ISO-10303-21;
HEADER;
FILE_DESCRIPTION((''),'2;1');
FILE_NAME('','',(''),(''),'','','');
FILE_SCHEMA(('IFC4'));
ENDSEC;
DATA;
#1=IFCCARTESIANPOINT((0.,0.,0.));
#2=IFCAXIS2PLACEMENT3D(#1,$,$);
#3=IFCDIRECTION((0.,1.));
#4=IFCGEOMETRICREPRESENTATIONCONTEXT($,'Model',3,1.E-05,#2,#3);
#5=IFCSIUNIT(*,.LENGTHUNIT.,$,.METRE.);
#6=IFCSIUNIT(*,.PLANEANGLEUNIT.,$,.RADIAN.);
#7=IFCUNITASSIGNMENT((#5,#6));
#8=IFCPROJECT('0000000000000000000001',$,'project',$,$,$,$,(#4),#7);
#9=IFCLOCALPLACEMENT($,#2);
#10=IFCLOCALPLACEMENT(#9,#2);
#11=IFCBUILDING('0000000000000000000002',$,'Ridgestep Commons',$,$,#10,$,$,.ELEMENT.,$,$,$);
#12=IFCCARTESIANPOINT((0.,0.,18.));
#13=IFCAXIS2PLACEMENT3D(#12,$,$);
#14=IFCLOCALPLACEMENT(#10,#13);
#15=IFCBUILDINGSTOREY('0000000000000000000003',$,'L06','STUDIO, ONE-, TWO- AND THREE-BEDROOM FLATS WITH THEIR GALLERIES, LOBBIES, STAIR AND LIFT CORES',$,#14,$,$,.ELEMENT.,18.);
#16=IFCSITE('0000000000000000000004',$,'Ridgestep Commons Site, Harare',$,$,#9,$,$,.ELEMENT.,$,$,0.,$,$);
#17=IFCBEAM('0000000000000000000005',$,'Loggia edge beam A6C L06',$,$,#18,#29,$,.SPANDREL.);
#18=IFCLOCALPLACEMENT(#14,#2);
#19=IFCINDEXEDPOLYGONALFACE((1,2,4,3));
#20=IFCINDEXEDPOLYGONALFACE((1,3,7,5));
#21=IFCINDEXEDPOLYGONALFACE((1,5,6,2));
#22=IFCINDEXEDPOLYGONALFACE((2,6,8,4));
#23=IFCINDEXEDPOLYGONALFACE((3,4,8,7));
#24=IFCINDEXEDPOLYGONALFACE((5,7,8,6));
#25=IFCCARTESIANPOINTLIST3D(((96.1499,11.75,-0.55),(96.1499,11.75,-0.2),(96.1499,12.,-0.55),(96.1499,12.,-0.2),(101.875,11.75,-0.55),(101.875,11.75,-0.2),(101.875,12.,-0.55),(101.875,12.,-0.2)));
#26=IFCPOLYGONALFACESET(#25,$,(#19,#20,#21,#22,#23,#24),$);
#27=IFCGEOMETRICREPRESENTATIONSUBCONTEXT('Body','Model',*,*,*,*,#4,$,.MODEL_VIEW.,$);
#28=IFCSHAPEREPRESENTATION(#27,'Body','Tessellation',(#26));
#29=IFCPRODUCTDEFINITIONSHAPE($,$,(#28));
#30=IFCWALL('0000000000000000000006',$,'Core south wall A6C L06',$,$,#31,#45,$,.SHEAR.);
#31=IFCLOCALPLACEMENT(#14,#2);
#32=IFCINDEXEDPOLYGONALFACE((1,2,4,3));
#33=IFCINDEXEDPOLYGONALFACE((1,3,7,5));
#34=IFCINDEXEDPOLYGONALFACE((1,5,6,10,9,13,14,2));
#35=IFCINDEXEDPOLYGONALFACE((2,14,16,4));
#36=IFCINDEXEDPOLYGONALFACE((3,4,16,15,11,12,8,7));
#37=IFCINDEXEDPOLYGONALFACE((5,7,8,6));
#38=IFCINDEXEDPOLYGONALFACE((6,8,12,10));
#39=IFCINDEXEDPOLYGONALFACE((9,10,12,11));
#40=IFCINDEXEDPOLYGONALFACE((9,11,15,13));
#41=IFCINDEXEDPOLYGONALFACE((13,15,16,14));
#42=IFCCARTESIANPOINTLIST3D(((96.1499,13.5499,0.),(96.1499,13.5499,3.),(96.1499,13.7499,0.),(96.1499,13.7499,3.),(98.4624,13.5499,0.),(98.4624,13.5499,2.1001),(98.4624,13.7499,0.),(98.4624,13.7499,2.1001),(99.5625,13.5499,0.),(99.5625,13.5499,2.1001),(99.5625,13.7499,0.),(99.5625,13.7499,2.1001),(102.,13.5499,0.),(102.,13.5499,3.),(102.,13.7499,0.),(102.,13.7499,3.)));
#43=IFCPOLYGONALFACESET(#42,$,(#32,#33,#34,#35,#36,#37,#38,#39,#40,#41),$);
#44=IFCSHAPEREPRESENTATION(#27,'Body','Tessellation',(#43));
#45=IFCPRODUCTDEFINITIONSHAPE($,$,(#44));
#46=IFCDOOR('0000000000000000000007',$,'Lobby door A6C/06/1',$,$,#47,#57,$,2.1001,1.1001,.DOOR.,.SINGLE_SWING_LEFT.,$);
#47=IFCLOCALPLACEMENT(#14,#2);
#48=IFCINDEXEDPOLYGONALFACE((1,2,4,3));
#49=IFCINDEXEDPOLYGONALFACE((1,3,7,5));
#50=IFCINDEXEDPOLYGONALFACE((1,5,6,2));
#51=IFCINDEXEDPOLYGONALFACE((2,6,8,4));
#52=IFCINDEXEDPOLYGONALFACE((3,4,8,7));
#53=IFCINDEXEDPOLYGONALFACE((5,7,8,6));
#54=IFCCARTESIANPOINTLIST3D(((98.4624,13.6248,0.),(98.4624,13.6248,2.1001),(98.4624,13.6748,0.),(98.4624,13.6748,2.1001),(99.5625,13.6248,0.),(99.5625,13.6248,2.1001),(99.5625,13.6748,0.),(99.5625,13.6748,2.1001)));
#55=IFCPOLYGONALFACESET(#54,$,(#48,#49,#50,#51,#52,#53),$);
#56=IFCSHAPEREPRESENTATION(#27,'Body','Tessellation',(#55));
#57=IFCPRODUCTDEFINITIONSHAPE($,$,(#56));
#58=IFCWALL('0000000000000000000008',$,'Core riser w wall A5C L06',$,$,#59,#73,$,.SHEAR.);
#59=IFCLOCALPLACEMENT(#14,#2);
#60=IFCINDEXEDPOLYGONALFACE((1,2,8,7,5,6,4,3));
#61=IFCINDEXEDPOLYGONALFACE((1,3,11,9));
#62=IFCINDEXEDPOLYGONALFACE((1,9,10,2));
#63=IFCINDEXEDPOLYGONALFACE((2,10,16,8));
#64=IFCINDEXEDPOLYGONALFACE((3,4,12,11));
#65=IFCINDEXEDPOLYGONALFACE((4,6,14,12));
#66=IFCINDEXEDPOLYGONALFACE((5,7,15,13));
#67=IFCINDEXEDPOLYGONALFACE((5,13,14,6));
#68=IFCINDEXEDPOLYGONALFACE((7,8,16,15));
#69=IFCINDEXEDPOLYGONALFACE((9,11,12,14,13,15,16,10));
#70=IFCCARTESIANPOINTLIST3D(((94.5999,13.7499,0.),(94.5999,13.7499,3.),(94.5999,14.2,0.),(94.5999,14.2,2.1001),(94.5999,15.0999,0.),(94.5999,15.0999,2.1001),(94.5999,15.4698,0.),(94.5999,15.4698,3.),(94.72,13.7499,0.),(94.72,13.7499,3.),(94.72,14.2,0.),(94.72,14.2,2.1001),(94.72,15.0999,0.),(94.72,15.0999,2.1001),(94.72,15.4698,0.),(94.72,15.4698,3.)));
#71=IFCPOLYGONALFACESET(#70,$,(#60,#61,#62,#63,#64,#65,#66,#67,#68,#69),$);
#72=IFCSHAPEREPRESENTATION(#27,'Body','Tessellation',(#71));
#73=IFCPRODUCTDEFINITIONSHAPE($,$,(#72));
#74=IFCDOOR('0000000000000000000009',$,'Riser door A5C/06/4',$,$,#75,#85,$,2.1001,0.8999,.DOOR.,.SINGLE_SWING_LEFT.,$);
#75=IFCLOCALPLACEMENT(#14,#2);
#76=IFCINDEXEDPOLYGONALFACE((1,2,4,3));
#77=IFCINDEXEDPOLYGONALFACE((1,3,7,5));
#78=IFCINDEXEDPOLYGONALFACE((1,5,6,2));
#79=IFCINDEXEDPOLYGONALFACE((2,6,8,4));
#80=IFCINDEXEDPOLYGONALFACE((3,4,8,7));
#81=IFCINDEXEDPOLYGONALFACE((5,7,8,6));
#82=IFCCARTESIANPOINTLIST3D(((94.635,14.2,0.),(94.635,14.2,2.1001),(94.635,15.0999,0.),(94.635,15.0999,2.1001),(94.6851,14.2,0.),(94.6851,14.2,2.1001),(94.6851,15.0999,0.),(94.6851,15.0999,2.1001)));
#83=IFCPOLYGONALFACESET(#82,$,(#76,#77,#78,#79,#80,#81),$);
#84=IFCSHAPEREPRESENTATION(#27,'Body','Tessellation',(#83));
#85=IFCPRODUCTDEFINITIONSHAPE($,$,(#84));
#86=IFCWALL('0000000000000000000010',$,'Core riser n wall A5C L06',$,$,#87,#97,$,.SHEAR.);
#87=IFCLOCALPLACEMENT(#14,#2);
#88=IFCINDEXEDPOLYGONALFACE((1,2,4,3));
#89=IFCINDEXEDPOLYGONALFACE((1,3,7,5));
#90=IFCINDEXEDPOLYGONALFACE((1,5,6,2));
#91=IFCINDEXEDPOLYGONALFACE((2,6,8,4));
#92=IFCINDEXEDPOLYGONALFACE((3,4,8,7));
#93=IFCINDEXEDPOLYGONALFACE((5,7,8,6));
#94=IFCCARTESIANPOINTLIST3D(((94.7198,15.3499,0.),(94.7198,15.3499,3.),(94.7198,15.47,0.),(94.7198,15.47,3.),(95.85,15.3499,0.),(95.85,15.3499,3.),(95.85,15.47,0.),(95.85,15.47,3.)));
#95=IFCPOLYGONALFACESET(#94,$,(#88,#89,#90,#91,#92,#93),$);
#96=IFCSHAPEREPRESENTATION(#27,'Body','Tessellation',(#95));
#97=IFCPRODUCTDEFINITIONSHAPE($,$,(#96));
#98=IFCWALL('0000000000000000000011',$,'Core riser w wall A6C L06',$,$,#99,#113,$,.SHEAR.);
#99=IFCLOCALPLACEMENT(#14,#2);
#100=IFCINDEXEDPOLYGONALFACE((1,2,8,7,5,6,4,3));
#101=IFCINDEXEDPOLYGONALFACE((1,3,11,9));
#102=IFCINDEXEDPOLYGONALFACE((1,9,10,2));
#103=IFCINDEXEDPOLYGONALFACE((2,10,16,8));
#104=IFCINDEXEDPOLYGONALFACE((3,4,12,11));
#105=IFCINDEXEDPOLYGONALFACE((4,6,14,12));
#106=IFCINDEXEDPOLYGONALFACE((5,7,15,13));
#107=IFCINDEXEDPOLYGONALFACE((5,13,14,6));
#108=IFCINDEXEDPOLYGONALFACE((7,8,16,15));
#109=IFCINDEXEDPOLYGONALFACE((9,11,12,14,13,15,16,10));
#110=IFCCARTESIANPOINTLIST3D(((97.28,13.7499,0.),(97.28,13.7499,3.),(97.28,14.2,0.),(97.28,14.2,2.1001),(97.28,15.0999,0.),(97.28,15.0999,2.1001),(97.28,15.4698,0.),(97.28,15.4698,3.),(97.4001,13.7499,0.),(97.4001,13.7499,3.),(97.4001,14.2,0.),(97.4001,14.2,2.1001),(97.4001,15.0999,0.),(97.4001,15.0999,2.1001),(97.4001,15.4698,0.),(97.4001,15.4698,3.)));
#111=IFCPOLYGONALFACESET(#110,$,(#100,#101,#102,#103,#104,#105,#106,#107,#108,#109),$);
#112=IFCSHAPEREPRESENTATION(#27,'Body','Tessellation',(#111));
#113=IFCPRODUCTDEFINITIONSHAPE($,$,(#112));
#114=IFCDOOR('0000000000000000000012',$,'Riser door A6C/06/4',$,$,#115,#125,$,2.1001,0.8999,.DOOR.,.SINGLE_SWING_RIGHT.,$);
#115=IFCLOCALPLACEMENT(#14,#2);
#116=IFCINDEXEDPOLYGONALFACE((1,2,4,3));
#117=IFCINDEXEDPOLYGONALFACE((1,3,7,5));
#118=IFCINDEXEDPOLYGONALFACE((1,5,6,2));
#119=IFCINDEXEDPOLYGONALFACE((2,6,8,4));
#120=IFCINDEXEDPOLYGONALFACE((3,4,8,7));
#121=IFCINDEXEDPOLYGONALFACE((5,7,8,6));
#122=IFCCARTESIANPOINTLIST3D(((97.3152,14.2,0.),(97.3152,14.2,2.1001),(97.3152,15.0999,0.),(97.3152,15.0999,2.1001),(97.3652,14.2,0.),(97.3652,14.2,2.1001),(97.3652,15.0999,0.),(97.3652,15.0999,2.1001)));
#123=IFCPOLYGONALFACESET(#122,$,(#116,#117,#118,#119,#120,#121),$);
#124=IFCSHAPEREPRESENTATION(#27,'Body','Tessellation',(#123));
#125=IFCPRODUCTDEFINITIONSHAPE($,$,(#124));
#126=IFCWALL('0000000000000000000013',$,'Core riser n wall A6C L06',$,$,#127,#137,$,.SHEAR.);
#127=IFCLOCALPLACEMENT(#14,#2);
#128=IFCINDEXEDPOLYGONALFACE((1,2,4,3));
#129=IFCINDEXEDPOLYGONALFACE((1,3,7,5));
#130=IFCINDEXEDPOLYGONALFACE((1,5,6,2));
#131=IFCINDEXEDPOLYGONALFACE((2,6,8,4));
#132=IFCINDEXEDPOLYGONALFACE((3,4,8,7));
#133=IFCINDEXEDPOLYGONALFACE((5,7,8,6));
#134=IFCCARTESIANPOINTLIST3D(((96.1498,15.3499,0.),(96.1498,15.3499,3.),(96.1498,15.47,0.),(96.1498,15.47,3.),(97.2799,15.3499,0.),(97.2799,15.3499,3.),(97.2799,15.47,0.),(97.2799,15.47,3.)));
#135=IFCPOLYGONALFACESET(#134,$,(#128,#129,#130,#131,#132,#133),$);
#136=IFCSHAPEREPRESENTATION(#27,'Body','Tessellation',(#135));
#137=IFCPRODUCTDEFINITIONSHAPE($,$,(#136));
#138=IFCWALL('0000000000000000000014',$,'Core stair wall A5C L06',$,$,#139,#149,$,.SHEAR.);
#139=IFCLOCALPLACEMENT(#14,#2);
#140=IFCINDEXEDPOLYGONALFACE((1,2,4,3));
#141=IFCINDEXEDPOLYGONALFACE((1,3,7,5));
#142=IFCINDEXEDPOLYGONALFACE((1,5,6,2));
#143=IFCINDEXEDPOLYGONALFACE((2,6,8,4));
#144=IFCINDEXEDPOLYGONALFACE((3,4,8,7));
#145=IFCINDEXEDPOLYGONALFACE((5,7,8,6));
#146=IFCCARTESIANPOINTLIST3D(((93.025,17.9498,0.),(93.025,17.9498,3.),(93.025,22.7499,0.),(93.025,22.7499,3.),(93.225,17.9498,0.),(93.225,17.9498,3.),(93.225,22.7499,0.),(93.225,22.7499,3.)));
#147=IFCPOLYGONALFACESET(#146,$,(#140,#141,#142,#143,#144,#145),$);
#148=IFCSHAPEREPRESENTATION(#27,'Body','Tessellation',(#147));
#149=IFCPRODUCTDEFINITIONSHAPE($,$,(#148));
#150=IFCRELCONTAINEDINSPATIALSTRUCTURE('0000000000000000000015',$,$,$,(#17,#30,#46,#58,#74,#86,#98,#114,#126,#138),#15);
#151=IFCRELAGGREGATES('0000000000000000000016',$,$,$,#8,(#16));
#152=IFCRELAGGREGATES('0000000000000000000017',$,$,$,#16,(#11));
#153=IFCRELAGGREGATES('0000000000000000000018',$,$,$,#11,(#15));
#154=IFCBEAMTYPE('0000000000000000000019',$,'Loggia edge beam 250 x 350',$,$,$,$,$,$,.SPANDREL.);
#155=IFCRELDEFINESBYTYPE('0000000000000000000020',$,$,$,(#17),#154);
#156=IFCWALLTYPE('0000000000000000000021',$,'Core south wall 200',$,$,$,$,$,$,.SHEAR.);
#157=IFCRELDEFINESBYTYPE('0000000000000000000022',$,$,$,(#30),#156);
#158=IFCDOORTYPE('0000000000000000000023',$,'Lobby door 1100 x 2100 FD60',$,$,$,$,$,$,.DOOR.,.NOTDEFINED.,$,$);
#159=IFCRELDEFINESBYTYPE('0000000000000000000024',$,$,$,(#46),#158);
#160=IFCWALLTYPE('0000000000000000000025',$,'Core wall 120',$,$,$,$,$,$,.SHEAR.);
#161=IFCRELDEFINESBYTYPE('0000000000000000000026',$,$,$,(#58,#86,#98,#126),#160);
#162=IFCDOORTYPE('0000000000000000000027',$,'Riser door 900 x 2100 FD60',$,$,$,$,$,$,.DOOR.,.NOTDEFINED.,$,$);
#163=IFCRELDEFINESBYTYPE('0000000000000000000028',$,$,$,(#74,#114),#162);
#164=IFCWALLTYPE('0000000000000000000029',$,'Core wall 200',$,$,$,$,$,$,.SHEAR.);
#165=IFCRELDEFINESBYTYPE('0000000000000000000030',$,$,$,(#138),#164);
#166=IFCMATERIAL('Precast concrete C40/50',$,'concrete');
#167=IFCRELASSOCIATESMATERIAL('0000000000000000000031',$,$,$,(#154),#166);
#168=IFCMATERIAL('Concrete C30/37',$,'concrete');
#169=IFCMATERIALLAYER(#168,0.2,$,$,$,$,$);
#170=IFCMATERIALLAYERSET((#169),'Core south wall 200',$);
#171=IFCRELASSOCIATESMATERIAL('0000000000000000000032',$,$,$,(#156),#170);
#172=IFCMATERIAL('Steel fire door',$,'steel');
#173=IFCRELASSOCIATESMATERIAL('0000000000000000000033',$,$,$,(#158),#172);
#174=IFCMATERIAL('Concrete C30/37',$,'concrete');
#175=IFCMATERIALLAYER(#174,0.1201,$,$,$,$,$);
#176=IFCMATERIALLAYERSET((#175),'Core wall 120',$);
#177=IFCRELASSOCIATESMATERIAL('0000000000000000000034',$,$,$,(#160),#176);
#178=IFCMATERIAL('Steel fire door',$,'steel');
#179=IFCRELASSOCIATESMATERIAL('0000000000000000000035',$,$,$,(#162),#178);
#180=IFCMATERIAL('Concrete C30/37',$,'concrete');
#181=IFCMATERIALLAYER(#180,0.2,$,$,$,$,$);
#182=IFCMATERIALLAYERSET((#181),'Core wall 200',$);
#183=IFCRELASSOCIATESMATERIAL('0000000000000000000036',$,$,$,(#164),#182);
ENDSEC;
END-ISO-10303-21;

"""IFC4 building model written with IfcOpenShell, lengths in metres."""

from ifc_helpers import new_model, si_unit, direction, frame, frame_2d, origin, origin_2d, place, context, subcontext, project, spatial, rectangle, extrude, material, layer, layer_set, material_profile, profile_set, type_object, element, fill, save


model = new_model("IFC4")

# Units and contexts
model_context = context("Model", 3, precision=1e-05, world=origin(), true_north=direction((0.0, 1.0)))
body_context = subcontext(model_context, "Body", "Model", "MODEL_VIEW")
ifc_project = project(units=[si_unit("LENGTHUNIT", "METRE"), si_unit("PLANEANGLEUNIT", "RADIAN")], contexts=[model_context])

# Site, building, storey
site_placement = place(None, origin())
site = spatial("IfcSite", under=ifc_project, at=site_placement, Name="Ridgestep Commons Site, Harare", CompositionType="ELEMENT", RefElevation=0.0)
building_placement = place(site_placement, origin())
building = spatial("IfcBuilding", under=site, at=building_placement, Name="Ridgestep Commons", CompositionType="ELEMENT")
storey_placement = place(building_placement, frame((0.0, 0.0, 18.0)))
storey = spatial("IfcBuildingStorey", under=building, at=storey_placement, Name="L06", Description="STUDIO, ONE-, TWO- AND THREE-BEDROOM FLATS WITH THEIR GALLERIES, LOBBIES, STAIR AND LIFT CORES", CompositionType="ELEMENT", Elevation=18.0)

# Beam
ifc_material_1 = material(Name="Precast concrete C40/50", Category="concrete")
ifc_material_profile = material_profile(ifc_material_1, rectangle(XDim=0.25, YDim=0.3501, at=origin_2d()), Name="PC 250x350")
ifc_profile_set = profile_set([ifc_material_profile], Name="Precast concrete C40/50")
beam_type = type_object("IfcBeamType", Name="Loggia edge beam 250 x 350", PredefinedType="SPANDREL", material=ifc_profile_set)
beam_placement = place(storey_placement, frame((96.1499, 11.875, -0.375), z_axis=(1.0, 0.0, 0.0), x_axis=(0.0, 1.0, 0.0)))
element("IfcBeam", 1, at=beam_placement, inside=storey, type_object=beam_type, Name="Loggia edge beam A6C L06", PredefinedType="SPANDREL", context=body_context, shape_type="SweptSolid", body=[
    extrude(rectangle(XDim=0.25, YDim=0.3501, at=origin_2d()), origin(), (0.0, 0.0, 1.0), 5.7251),
])

# Walls, openings, doors
ifc_material_2 = material(Name="Concrete C30/37", Category="concrete")
ifc_layer_1 = layer(ifc_material_2, 0.2)
ifc_layer_set_1 = layer_set([ifc_layer_1], Name="Core south wall 200")
wall_type_1 = type_object("IfcWallType", Name="Core south wall 200", PredefinedType="SHEAR", material=ifc_layer_set_1)
wall_1_placement = place(storey_placement, frame((96.1499, 13.6499, 0.0), z_axis=(0.0, 0.0, 1.0), x_axis=(1.0, 0.0, 0.0)))
wall_1 = element("IfcWall", 2, at=wall_1_placement, inside=storey, type_object=wall_type_1, Name="Core south wall A6C L06", PredefinedType="SHEAR", context=body_context, shape_type="SweptSolid", body=[
    extrude(rectangle(XDim=5.8501, YDim=0.2, at=frame_2d((2.925, 0.0))), origin(), (0.0, 0.0, 1.0), 3.0),
])
opening_1_placement = place(wall_1_placement, frame((2.3125, 0.0, 0.0)))
opening_1 = element("IfcOpeningElement", 3, at=opening_1_placement, cuts=wall_1, PredefinedType="OPENING", context=body_context, shape_type="SweptSolid", body=[
    extrude(rectangle(XDim=1.1001, YDim=2.1001, at=frame_2d((0.55, 1.05))), frame((0.0, 0.1099, 0.0), z_axis=(0.0, -1.0, 0.0), x_axis=(1.0, 0.0, 0.0)), (0.0, 0.0, 1.0), 0.22),
])
ifc_material_3 = material(Name="Steel fire door", Category="steel")
door_type_1 = type_object("IfcDoorType", Name="Lobby door 1100 x 2100 FD60", OperationType="NOTDEFINED", PredefinedType="DOOR", material=ifc_material_3)
door_1_placement = place(opening_1_placement, origin())
door_1 = element("IfcDoor", 4, at=door_1_placement, inside=storey, type_object=door_type_1, Name="Lobby door A6C/06/1", OperationType="SINGLE_SWING_LEFT", OverallHeight=2.1001, OverallWidth=1.1001, PredefinedType="DOOR", context=body_context, shape_type="SweptSolid", body=[
    extrude(rectangle(XDim=1.1001, YDim=2.1001, at=frame_2d((0.55, 1.05))), frame((0.0, 0.0249, 0.0), z_axis=(0.0, -1.0, 0.0), x_axis=(1.0, 0.0, 0.0)), (0.0, 0.0, 1.0), 0.05),
])
fill(opening_1, door_1)
ifc_material_4 = material(Name="Concrete C30/37", Category="concrete")
ifc_layer_2 = layer(ifc_material_4, 0.1201)
ifc_layer_set_2 = layer_set([ifc_layer_2], Name="Core wall 120")
wall_type_2 = type_object("IfcWallType", Name="Core wall 120", PredefinedType="SHEAR", material=ifc_layer_set_2)
wall_2_placement = place(storey_placement, frame((94.6599, 13.75, 0.0), z_axis=(0.0, 0.0, 1.0), x_axis=(0.0, 1.0, 0.0)))
wall_2 = element("IfcWall", 5, at=wall_2_placement, inside=storey, type_object=wall_type_2, Name="Core riser w wall A5C L06", PredefinedType="SHEAR", context=body_context, shape_type="SweptSolid", body=[
    extrude(rectangle(XDim=1.72, YDim=0.1201, at=frame_2d((0.8599, 0.0))), origin(), (0.0, 0.0, 1.0), 3.0),
])
opening_2_placement = place(wall_2_placement, frame((0.45, 0.0, 0.0)))
opening_2 = element("IfcOpeningElement", 6, at=opening_2_placement, cuts=wall_2, PredefinedType="OPENING", context=body_context, shape_type="SweptSolid", body=[
    extrude(rectangle(XDim=0.8999, YDim=2.1001, at=frame_2d((0.45, 1.05))), frame((0.0, 0.0701, 0.0), z_axis=(0.0, -1.0, 0.0), x_axis=(1.0, 0.0, 0.0)), (0.0, 0.0, 1.0), 0.1401),
])
ifc_material_5 = material(Name="Steel fire door", Category="steel")
door_type_2 = type_object("IfcDoorType", Name="Riser door 900 x 2100 FD60", OperationType="NOTDEFINED", PredefinedType="DOOR", material=ifc_material_5)
door_2_placement = place(opening_2_placement, origin())
door_2 = element("IfcDoor", 7, at=door_2_placement, inside=storey, type_object=door_type_2, Name="Riser door A5C/06/4", OperationType="SINGLE_SWING_LEFT", OverallHeight=2.1001, OverallWidth=0.8999, PredefinedType="DOOR", context=body_context, shape_type="SweptSolid", body=[
    extrude(rectangle(XDim=0.8999, YDim=2.1001, at=frame_2d((0.45, 1.05))), frame((0.0, 0.0249, 0.0), z_axis=(0.0, -1.0, 0.0), x_axis=(1.0, 0.0, 0.0)), (0.0, 0.0, 1.0), 0.05),
])
fill(opening_2, door_2)

# Wall
wall_3_placement = place(storey_placement, frame((94.72, 15.4099, 0.0), z_axis=(0.0, 0.0, 1.0), x_axis=(1.0, 0.0, 0.0)))
element("IfcWall", 8, at=wall_3_placement, inside=storey, type_object=wall_type_2, Name="Core riser n wall A5C L06", PredefinedType="SHEAR", context=body_context, shape_type="SweptSolid", body=[
    extrude(rectangle(XDim=1.1301, YDim=0.1201, at=frame_2d((0.5649, 0.0))), origin(), (0.0, 0.0, 1.0), 3.0),
])

# Wall, opening, door
wall_4_placement = place(storey_placement, frame((97.3401, 13.75, 0.0), z_axis=(0.0, 0.0, 1.0), x_axis=(0.0, 1.0, 0.0)))
wall_4 = element("IfcWall", 9, at=wall_4_placement, inside=storey, type_object=wall_type_2, Name="Core riser w wall A6C L06", PredefinedType="SHEAR", context=body_context, shape_type="SweptSolid", body=[
    extrude(rectangle(XDim=1.72, YDim=0.1201, at=frame_2d((0.8599, 0.0))), origin(), (0.0, 0.0, 1.0), 3.0),
])
opening_3_placement = place(wall_4_placement, frame((0.45, 0.0, 0.0)))
opening_3 = element("IfcOpeningElement", 10, at=opening_3_placement, cuts=wall_4, PredefinedType="OPENING", context=body_context, shape_type="SweptSolid", body=[
    extrude(rectangle(XDim=0.8999, YDim=2.1001, at=frame_2d((0.45, 1.05))), frame((0.0, 0.0701, 0.0), z_axis=(0.0, -1.0, 0.0), x_axis=(1.0, 0.0, 0.0)), (0.0, 0.0, 1.0), 0.1401),
])
door_3_placement = place(opening_3_placement, origin())
door_3 = element("IfcDoor", 11, at=door_3_placement, inside=storey, type_object=door_type_2, Name="Riser door A6C/06/4", OperationType="SINGLE_SWING_RIGHT", OverallHeight=2.1001, OverallWidth=0.8999, PredefinedType="DOOR", context=body_context, shape_type="SweptSolid", body=[
    extrude(rectangle(XDim=0.8999, YDim=2.1001, at=frame_2d((0.45, 1.05))), frame((0.0, 0.0249, 0.0), z_axis=(0.0, -1.0, 0.0), x_axis=(1.0, 0.0, 0.0)), (0.0, 0.0, 1.0), 0.05),
])
fill(opening_3, door_3)

# Walls
wall_5_placement = place(storey_placement, frame((96.1499, 15.4099, 0.0), z_axis=(0.0, 0.0, 1.0), x_axis=(1.0, 0.0, 0.0)))
element("IfcWall", 12, at=wall_5_placement, inside=storey, type_object=wall_type_2, Name="Core riser n wall A6C L06", PredefinedType="SHEAR", context=body_context, shape_type="SweptSolid", body=[
    extrude(rectangle(XDim=1.1301, YDim=0.1201, at=frame_2d((0.5649, 0.0))), origin(), (0.0, 0.0, 1.0), 3.0),
])
ifc_material_6 = material(Name="Concrete C30/37", Category="concrete")
ifc_layer_3 = layer(ifc_material_6, 0.2)
ifc_layer_set_3 = layer_set([ifc_layer_3], Name="Core wall 200")
wall_type_3 = type_object("IfcWallType", Name="Core wall 200", PredefinedType="SHEAR", material=ifc_layer_set_3)
wall_6_placement = place(storey_placement, frame((93.125, 17.95, 0.0), z_axis=(0.0, 0.0, 1.0), x_axis=(0.0, 1.0, 0.0)))
element("IfcWall", 13, at=wall_6_placement, inside=storey, type_object=wall_type_3, Name="Core stair wall A5C L06", PredefinedType="SHEAR", context=body_context, shape_type="SweptSolid", body=[
    extrude(rectangle(XDim=4.8, YDim=0.2, at=frame_2d((2.3999, 0.0))), origin(), (0.0, 0.0, 1.0), 3.0),
])

save(model, "model.ifc")
